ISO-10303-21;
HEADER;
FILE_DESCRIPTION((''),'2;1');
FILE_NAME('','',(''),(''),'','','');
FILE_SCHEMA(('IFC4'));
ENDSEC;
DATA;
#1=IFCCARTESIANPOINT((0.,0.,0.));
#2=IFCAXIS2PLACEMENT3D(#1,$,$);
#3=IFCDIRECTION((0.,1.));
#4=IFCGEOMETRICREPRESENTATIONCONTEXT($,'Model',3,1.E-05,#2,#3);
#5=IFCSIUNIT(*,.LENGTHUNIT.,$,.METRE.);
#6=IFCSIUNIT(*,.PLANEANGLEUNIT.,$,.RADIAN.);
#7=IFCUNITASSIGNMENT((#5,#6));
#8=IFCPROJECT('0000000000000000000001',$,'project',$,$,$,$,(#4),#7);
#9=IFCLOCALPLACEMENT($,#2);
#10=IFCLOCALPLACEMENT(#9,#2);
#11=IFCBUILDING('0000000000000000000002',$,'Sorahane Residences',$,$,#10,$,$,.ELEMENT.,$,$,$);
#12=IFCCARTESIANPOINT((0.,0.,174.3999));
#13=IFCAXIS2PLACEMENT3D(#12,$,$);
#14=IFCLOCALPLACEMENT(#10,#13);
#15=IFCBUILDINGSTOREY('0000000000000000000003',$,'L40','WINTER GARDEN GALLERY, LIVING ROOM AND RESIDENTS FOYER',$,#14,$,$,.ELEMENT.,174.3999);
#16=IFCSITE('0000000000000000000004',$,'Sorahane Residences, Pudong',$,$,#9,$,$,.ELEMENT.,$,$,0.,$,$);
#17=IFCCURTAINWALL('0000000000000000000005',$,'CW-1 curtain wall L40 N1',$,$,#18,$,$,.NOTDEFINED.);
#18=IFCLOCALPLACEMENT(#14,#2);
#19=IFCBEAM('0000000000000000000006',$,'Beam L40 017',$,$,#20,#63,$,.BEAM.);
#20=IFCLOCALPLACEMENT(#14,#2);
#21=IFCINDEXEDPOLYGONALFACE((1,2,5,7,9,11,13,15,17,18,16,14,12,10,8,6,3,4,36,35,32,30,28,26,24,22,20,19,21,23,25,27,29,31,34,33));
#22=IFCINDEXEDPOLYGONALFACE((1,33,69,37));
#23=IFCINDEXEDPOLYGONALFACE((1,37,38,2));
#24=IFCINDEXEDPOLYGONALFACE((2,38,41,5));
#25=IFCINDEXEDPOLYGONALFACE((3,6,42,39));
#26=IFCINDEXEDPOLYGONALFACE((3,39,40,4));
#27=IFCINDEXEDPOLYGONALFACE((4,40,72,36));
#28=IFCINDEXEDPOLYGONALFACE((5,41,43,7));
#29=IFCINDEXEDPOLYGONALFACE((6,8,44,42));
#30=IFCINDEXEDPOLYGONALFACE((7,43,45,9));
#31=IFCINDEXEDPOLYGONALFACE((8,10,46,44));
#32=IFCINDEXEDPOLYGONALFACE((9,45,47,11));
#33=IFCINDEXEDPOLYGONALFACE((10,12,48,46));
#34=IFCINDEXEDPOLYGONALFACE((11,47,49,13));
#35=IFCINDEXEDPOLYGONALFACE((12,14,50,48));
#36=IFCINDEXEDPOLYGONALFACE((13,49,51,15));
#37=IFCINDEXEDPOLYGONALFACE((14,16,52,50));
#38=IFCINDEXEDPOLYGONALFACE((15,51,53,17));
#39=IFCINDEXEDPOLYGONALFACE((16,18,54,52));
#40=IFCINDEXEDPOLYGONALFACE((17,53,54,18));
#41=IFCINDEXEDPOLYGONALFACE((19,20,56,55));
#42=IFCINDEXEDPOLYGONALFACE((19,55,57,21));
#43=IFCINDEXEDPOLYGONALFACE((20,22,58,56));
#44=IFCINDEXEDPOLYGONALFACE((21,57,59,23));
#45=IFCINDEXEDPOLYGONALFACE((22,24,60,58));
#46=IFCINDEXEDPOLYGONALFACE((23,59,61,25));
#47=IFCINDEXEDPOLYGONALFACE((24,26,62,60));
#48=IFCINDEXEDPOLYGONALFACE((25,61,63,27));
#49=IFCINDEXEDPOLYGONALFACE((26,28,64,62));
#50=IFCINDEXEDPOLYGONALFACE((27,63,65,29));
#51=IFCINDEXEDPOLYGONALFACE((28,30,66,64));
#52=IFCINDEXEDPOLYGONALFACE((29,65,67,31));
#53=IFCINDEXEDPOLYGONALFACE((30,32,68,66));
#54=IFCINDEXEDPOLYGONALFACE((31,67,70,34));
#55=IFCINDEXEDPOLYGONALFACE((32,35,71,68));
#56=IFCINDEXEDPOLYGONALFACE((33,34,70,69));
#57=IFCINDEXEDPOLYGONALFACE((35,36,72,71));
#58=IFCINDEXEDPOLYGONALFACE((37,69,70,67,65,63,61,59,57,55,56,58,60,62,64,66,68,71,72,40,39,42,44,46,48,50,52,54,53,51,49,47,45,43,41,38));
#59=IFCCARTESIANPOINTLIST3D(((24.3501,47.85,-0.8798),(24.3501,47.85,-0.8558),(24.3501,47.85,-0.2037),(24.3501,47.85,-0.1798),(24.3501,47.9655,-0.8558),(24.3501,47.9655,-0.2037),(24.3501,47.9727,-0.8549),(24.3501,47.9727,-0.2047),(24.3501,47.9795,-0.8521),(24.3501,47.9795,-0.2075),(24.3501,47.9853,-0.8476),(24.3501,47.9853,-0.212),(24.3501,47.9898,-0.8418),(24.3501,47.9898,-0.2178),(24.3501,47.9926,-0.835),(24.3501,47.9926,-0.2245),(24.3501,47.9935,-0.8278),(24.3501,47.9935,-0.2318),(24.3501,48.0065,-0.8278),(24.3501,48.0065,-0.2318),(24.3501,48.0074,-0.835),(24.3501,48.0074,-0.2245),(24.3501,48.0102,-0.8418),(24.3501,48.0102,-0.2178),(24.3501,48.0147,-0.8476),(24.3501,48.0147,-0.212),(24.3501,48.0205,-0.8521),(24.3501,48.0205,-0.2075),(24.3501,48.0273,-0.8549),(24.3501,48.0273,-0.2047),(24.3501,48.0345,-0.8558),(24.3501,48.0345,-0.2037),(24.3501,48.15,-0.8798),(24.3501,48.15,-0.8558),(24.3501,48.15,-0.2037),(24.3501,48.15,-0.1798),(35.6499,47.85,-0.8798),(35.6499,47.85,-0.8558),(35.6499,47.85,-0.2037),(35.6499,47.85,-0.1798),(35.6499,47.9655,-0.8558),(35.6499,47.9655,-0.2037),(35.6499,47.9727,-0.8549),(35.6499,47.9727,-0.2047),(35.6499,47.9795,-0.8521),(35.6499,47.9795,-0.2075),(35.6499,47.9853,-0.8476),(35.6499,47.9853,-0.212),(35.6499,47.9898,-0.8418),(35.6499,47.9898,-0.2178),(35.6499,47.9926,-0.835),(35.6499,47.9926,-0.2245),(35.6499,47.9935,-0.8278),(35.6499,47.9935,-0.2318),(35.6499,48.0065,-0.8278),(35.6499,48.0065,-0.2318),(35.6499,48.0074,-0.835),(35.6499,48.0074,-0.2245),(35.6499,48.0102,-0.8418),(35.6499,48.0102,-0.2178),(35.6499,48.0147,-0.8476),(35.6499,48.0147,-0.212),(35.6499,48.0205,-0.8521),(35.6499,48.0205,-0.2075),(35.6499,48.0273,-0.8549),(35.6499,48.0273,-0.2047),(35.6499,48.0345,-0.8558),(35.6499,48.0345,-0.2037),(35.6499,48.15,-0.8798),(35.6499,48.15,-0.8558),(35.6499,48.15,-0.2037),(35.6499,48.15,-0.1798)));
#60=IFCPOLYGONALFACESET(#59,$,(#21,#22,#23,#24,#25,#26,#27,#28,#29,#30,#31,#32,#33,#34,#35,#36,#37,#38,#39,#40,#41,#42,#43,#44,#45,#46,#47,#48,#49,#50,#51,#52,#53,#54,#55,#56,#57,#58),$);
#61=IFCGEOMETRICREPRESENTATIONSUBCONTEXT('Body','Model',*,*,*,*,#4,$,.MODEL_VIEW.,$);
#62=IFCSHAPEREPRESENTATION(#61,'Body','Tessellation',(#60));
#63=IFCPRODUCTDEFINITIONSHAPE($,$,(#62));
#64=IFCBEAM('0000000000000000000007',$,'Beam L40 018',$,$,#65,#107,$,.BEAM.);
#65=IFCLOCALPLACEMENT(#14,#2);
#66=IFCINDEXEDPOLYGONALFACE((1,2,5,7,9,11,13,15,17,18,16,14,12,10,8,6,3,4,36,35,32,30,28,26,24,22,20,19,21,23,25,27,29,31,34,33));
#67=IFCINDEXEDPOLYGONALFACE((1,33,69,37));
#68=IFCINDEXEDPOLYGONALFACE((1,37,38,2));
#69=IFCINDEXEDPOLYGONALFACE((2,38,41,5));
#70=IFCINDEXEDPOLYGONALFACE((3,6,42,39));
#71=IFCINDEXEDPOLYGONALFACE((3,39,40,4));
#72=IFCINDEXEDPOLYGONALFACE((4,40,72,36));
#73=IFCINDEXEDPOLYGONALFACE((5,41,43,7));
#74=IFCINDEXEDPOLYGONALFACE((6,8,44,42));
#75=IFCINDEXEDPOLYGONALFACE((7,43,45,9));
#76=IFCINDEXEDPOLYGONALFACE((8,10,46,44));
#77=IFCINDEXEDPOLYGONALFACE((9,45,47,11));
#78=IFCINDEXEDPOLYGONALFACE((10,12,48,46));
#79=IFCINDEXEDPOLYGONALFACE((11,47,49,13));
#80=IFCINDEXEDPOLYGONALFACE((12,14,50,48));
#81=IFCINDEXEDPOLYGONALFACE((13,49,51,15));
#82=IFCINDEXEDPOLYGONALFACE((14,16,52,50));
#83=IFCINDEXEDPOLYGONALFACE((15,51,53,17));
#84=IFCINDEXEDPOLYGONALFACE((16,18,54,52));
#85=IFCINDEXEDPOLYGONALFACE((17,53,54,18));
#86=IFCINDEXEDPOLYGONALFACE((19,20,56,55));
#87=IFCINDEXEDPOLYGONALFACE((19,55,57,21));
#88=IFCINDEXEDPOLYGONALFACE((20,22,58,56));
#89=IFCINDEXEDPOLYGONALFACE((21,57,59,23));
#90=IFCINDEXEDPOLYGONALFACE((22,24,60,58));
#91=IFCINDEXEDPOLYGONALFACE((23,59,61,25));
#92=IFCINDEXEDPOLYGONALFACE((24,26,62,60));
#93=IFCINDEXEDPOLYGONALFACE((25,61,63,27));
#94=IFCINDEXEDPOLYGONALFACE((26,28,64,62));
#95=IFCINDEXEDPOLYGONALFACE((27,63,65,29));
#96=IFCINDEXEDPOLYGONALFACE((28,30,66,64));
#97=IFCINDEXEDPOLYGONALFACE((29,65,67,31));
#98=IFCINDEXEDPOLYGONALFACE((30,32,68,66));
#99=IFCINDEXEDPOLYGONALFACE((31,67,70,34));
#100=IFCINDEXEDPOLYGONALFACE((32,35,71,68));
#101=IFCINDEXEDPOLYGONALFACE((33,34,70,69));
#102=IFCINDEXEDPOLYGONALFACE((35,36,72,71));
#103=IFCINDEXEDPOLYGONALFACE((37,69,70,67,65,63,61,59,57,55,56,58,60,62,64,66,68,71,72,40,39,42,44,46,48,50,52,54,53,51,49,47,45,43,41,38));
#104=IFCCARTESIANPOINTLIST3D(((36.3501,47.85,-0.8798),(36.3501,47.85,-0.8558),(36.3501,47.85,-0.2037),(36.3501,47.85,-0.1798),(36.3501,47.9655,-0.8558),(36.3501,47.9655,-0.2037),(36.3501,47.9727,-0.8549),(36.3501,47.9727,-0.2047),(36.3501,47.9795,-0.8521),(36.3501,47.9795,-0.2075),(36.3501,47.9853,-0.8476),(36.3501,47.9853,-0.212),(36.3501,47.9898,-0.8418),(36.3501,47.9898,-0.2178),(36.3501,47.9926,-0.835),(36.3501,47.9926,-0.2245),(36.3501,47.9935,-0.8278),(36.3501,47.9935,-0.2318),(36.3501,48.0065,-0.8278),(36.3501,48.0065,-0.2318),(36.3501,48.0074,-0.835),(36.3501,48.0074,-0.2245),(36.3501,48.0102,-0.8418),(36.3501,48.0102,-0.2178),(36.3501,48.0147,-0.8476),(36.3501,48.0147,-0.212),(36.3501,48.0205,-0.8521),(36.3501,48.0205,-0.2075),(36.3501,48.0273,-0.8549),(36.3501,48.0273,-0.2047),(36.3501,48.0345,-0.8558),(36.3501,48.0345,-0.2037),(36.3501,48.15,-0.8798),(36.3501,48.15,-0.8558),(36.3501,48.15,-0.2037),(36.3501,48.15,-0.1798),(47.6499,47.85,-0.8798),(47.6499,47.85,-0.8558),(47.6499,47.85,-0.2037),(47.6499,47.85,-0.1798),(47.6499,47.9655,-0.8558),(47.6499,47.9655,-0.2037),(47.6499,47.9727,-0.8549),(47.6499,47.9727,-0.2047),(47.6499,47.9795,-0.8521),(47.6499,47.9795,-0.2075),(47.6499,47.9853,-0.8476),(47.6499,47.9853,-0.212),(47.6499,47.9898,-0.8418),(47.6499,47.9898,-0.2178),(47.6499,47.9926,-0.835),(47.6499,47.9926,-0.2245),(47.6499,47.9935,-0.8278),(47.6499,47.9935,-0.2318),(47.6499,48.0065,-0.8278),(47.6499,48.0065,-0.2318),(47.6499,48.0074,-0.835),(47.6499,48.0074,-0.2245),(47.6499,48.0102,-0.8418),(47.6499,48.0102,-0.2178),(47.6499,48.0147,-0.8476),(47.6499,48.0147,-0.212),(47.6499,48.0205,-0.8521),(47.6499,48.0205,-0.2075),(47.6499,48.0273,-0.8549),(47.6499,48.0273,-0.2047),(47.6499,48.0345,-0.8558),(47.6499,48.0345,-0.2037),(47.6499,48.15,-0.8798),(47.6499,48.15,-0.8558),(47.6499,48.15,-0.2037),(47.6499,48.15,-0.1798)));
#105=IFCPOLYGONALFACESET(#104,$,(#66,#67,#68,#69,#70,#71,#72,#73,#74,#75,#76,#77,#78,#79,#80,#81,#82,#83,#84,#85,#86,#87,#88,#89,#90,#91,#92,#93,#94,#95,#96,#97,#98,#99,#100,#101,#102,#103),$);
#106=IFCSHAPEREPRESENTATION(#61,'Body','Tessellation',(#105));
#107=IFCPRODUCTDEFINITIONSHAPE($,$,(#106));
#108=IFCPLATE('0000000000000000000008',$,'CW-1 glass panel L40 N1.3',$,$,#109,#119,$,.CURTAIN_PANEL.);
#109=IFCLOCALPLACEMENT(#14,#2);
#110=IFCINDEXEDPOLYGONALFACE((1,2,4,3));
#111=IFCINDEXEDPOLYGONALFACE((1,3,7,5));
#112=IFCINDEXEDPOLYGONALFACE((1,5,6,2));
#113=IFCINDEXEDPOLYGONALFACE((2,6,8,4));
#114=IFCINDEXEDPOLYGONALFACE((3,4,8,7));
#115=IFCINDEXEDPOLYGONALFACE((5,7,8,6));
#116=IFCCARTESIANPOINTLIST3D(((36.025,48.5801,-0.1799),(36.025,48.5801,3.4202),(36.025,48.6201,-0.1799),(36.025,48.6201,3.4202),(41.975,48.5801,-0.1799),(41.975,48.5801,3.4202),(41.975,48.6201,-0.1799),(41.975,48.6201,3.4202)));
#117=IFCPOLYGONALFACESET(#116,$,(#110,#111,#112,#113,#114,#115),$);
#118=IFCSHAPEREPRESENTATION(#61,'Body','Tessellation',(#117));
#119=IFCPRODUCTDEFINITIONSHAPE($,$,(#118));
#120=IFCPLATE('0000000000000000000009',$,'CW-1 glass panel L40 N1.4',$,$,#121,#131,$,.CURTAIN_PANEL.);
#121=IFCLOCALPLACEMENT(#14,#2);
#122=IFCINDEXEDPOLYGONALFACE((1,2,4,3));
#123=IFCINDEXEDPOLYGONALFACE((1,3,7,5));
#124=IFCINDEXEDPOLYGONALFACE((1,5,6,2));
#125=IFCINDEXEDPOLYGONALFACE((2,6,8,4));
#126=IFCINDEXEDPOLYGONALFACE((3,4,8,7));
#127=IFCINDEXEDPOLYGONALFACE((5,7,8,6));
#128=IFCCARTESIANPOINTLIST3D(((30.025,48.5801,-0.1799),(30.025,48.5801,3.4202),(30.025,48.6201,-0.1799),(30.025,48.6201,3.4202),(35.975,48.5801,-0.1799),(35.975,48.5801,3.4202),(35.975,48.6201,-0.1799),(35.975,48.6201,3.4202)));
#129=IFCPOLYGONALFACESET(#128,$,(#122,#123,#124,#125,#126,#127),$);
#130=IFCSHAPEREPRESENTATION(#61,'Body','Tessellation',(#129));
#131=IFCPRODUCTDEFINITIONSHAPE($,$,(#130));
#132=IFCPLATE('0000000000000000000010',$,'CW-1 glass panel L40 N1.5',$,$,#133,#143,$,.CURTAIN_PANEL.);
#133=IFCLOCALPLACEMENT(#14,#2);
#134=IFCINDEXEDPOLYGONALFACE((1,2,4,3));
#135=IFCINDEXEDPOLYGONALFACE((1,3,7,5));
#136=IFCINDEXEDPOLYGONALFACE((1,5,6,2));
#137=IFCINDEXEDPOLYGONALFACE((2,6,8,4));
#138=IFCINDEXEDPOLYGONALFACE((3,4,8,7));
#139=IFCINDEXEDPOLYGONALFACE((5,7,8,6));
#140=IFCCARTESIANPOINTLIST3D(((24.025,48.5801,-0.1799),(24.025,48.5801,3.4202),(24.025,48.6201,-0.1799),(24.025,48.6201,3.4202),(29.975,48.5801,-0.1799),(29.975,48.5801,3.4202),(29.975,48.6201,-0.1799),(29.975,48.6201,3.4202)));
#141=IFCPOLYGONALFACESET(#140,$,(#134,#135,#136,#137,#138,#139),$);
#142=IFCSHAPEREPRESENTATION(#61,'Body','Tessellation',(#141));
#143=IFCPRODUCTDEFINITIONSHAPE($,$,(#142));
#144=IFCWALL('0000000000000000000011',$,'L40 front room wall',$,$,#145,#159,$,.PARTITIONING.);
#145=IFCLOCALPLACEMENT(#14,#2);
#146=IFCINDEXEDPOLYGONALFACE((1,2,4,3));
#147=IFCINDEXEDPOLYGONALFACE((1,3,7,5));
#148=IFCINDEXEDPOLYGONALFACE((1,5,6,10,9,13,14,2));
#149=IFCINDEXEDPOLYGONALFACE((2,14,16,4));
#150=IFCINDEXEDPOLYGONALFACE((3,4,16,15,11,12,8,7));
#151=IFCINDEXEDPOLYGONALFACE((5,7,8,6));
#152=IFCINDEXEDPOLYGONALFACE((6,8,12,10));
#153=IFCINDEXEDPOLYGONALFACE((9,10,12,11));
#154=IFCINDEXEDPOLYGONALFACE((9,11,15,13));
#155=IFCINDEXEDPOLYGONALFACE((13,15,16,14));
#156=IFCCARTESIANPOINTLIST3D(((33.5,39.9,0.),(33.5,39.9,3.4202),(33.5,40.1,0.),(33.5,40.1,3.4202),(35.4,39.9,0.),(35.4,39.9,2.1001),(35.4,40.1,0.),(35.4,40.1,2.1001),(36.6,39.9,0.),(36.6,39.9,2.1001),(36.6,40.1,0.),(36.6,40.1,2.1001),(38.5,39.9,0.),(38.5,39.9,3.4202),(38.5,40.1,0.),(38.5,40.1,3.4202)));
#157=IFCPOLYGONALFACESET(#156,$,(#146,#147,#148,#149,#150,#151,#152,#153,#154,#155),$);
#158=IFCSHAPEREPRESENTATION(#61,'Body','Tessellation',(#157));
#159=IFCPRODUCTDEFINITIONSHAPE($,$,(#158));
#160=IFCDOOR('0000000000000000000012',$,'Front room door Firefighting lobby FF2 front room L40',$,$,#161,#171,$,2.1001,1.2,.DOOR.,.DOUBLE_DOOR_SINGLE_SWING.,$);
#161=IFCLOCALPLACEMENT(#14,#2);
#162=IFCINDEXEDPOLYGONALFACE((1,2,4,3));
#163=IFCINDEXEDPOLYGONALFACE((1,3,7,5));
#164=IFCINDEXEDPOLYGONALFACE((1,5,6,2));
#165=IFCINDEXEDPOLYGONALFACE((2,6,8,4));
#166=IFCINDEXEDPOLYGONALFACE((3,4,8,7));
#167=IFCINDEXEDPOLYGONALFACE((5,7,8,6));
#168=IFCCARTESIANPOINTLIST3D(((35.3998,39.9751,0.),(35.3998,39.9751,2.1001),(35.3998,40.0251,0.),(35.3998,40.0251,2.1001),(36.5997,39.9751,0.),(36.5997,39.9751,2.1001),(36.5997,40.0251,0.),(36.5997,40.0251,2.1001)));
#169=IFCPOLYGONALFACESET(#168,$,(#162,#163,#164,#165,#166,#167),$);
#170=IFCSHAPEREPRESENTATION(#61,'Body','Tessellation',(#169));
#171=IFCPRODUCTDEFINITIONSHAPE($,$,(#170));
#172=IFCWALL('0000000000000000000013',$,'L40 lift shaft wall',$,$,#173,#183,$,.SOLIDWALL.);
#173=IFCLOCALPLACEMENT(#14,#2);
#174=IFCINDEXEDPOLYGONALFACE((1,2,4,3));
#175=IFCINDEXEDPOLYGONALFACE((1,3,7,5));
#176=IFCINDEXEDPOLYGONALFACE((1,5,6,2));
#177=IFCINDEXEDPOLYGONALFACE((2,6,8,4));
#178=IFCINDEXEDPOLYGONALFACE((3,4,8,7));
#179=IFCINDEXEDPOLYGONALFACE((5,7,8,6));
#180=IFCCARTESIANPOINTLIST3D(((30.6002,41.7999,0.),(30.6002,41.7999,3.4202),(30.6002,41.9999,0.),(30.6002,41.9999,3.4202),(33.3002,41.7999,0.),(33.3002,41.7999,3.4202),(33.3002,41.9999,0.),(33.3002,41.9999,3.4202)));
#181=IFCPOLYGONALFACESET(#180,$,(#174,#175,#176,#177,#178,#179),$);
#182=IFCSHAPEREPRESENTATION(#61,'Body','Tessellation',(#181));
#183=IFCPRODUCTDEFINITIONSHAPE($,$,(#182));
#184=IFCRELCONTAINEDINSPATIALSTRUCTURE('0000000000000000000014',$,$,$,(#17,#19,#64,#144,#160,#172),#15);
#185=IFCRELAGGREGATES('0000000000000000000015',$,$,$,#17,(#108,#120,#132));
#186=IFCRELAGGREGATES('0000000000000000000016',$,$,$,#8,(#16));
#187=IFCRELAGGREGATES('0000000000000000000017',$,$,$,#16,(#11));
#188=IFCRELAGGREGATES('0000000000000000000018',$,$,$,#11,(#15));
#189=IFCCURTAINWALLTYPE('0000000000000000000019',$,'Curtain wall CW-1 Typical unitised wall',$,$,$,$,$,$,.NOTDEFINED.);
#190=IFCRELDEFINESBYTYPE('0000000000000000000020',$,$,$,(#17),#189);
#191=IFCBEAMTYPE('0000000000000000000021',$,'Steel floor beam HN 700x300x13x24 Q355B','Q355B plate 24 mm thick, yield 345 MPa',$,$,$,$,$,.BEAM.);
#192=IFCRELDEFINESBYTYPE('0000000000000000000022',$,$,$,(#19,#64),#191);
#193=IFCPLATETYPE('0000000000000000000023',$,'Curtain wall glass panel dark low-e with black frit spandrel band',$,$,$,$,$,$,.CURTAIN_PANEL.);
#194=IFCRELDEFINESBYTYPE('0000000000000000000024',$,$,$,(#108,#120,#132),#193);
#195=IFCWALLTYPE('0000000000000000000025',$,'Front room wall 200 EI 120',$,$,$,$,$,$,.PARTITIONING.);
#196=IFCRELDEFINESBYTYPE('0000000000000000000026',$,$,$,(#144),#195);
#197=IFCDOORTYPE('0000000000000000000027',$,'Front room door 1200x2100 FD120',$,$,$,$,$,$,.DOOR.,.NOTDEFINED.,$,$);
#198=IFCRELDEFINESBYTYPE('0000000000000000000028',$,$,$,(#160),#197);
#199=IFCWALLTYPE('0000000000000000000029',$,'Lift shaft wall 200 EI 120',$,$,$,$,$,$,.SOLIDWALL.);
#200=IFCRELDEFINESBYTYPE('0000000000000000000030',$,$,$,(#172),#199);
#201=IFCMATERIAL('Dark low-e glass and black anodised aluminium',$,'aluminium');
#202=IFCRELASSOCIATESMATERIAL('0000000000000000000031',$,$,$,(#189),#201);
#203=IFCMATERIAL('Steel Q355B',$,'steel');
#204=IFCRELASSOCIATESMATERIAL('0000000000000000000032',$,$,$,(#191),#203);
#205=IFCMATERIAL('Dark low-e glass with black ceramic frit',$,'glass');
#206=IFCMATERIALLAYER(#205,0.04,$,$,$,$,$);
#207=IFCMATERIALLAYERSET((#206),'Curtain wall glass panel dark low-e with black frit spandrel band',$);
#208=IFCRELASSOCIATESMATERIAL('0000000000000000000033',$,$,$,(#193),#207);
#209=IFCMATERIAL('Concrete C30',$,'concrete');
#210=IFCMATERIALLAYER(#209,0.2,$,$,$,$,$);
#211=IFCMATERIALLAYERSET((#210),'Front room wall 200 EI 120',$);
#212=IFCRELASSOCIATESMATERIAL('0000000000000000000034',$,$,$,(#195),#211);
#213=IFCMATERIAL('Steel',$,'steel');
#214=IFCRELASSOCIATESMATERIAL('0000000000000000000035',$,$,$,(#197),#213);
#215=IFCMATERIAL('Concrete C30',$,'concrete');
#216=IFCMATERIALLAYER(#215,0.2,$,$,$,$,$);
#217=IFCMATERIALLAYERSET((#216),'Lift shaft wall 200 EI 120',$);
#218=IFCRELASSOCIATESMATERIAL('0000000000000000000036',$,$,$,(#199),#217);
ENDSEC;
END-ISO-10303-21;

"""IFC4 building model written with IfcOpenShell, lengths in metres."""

from ifc_helpers import new_model, si_unit, direction, frame, frame_2d, origin, origin_2d, place, context, subcontext, project, spatial, rectangle, i_section, extrude, material, layer, layer_set, material_profile, profile_set, type_object, element, fill, aggregate, save


model = new_model("IFC4")

# Units and contexts
model_context = context("Model", 3, precision=1e-05, world=origin(), true_north=direction((0.0, 1.0)))
body_context = subcontext(model_context, "Body", "Model", "MODEL_VIEW")
ifc_project = project(units=[si_unit("LENGTHUNIT", "METRE"), si_unit("PLANEANGLEUNIT", "RADIAN")], contexts=[model_context])

# Site, building, storey
site_placement = place(None, origin())
site = spatial("IfcSite", under=ifc_project, at=site_placement, Name="Sorahane Residences, Pudong", CompositionType="ELEMENT", RefElevation=0.0)
building_placement = place(site_placement, origin())
building = spatial("IfcBuilding", under=site, at=building_placement, Name="Sorahane Residences", CompositionType="ELEMENT")
storey_placement = place(building_placement, frame((0.0, 0.0, 174.3999)))
storey = spatial("IfcBuildingStorey", under=building, at=storey_placement, Name="L40", Description="WINTER GARDEN GALLERY, LIVING ROOM AND RESIDENTS FOYER", CompositionType="ELEMENT", Elevation=174.3999)

# Curtain wall
ifc_material_1 = material(Name="Dark low-e glass and black anodised aluminium", Category="aluminium")
curtain_wall_type = type_object("IfcCurtainWallType", Name="Curtain wall CW-1 Typical unitised wall", PredefinedType="NOTDEFINED", material=ifc_material_1)
curtain_wall_placement = place(storey_placement, origin())
curtain_wall = element("IfcCurtainWall", 1, at=curtain_wall_placement, inside=storey, type_object=curtain_wall_type, Name="CW-1 curtain wall L40 N1", PredefinedType="NOTDEFINED")

# Beams
ifc_material_2 = material(Name="Steel Q355B", Category="steel")
ifc_material_profile_1 = material_profile(ifc_material_2, i_section(OverallWidth=0.3, OverallDepth=0.7, WebThickness=0.0129, FlangeThickness=0.0239, FilletRadius=0.0281, at=origin_2d()), Name="HN 700x300x13x24")
ifc_profile_set_1 = profile_set([ifc_material_profile_1], Name="Steel Q355B")
beam_type_1 = type_object("IfcBeamType", Name="Steel floor beam HN 700x300x13x24 Q355B", Description="Q355B plate 24 mm thick, yield 345 MPa", PredefinedType="BEAM", material=ifc_profile_set_1)
for number, where, z_axis, x_axis, name in (
    (2, (24.3501, 48.0, -0.5298), (1.0, 0.0, 0.0), (0.0, 1.0, 0.0), "Beam L40 017"),
    (3, (36.3501, 48.0, -0.5298), (1.0, 0.0, 0.0), (0.0, 1.0, 0.0), "Beam L40 018"),
):
    element("IfcBeam", number, at=place(storey_placement, frame(where, z_axis=z_axis, x_axis=x_axis)), inside=storey, type_object=beam_type_1, Name=name, PredefinedType="BEAM", context=body_context, shape_type="SweptSolid", body=[
        extrude(i_section(OverallWidth=0.3, OverallDepth=0.7, WebThickness=0.0129, FlangeThickness=0.0239, FilletRadius=0.0281, at=origin_2d()), origin(), (0.0, 0.0, 1.0), 11.2998),
    ])

# Plates
ifc_material_3 = material(Name="Dark low-e glass with black ceramic frit", Category="glass")
ifc_layer_1 = layer(ifc_material_3, 0.04)
ifc_layer_set_1 = layer_set([ifc_layer_1], Name="Curtain wall glass panel dark low-e with black frit spandrel band")
plate_type = type_object("IfcPlateType", Name="Curtain wall glass panel dark low-e with black frit spandrel band", PredefinedType="CURTAIN_PANEL", material=ifc_layer_set_1)
plate_1_placement = place(storey_placement, frame((39.0, 48.6001, -0.1799), z_axis=(0.0, 0.0, 1.0), x_axis=(-1.0, 0.0, 0.0)))
plate_1 = element("IfcPlate", 4, at=plate_1_placement, type_object=plate_type, Name="CW-1 glass panel L40 N1.3", PredefinedType="CURTAIN_PANEL", context=body_context, shape_type="SweptSolid", body=[
    extrude(rectangle(XDim=5.95, YDim=0.04, at=origin_2d()), origin(), (0.0, 0.0, 1.0), 3.6001),
])
plate_2_placement = place(storey_placement, frame((33.0, 48.6001, -0.1799), z_axis=(0.0, 0.0, 1.0), x_axis=(-1.0, 0.0, 0.0)))
plate_2 = element("IfcPlate", 5, at=plate_2_placement, type_object=plate_type, Name="CW-1 glass panel L40 N1.4", PredefinedType="CURTAIN_PANEL", context=body_context, shape_type="SweptSolid", body=[
    extrude(rectangle(XDim=5.95, YDim=0.04, at=origin_2d()), origin(), (0.0, 0.0, 1.0), 3.6001),
])
plate_3_placement = place(storey_placement, frame((27.0, 48.6001, -0.1799), z_axis=(0.0, 0.0, 1.0), x_axis=(-1.0, 0.0, 0.0)))
plate_3 = element("IfcPlate", 6, at=plate_3_placement, type_object=plate_type, Name="CW-1 glass panel L40 N1.5", PredefinedType="CURTAIN_PANEL", context=body_context, shape_type="SweptSolid", body=[
    extrude(rectangle(XDim=5.95, YDim=0.04, at=origin_2d()), origin(), (0.0, 0.0, 1.0), 3.6001),
])
aggregate(curtain_wall, [plate_1, plate_2, plate_3])

# Wall, opening, door
ifc_material_4 = material(Name="Concrete C30", Category="concrete")
ifc_layer_2 = layer(ifc_material_4, 0.2)
ifc_layer_set_2 = layer_set([ifc_layer_2], Name="Front room wall 200 EI 120")
wall_type_1 = type_object("IfcWallType", Name="Front room wall 200 EI 120", PredefinedType="PARTITIONING", material=ifc_layer_set_2)
wall_1_placement = place(storey_placement, frame((33.5, 40.0, 0.0), z_axis=(0.0, 0.0, 1.0), x_axis=(1.0, 0.0, 0.0)))
wall_1 = element("IfcWall", 7, at=wall_1_placement, inside=storey, type_object=wall_type_1, Name="L40 front room wall", PredefinedType="PARTITIONING", context=body_context, shape_type="SweptSolid", body=[
    extrude(rectangle(XDim=5.0, YDim=0.2, at=frame_2d((2.5, 0.0))), origin(), (0.0, 0.0, 1.0), 3.4202),
])
opening_placement = place(wall_1_placement, frame((1.8999, 0.0, 0.0)))
opening = element("IfcOpeningElement", 8, at=opening_placement, cuts=wall_1, PredefinedType="OPENING", context=body_context, shape_type="SweptSolid", body=[
    extrude(rectangle(XDim=1.2, YDim=2.1001, at=frame_2d((0.6001, 1.05))), frame((0.0, 0.1099, 0.0), z_axis=(0.0, -1.0, 0.0), x_axis=(1.0, 0.0, 0.0)), (0.0, 0.0, 1.0), 0.22),
])
ifc_material_5 = material(Name="Steel", Category="steel")
door_type = type_object("IfcDoorType", Name="Front room door 1200x2100 FD120", OperationType="NOTDEFINED", PredefinedType="DOOR", material=ifc_material_5)
door_placement = place(opening_placement, frame((1.2, 0.0, 0.0), z_axis=(0.0, 0.0, 1.0), x_axis=(-1.0, 0.0, 0.0)))
door = element("IfcDoor", 9, at=door_placement, inside=storey, type_object=door_type, Name="Front room door Firefighting lobby FF2 front room L40", OperationType="DOUBLE_DOOR_SINGLE_SWING", OverallHeight=2.1001, OverallWidth=1.2, PredefinedType="DOOR", context=body_context, shape_type="SweptSolid", body=[
    extrude(rectangle(XDim=1.2, YDim=2.1001, at=frame_2d((0.6001, 1.05))), frame((0.0, 0.0249, 0.0), z_axis=(0.0, -1.0, 0.0), x_axis=(1.0, 0.0, 0.0)), (0.0, 0.0, 1.0), 0.05),
])
fill(opening, door)

# Wall
ifc_material_6 = material(Name="Concrete C30", Category="concrete")
ifc_layer_3 = layer(ifc_material_6, 0.2)
ifc_layer_set_3 = layer_set([ifc_layer_3], Name="Lift shaft wall 200 EI 120")
wall_type_2 = type_object("IfcWallType", Name="Lift shaft wall 200 EI 120", PredefinedType="SOLIDWALL", material=ifc_layer_set_3)
wall_2_placement = place(storey_placement, frame((30.6001, 41.8999, 0.0), z_axis=(0.0, 0.0, 1.0), x_axis=(1.0, 0.0, 0.0)))
element("IfcWall", 10, at=wall_2_placement, inside=storey, type_object=wall_type_2, Name="L40 lift shaft wall", PredefinedType="SOLIDWALL", context=body_context, shape_type="SweptSolid", body=[
    extrude(rectangle(XDim=2.7, YDim=0.2, at=frame_2d((1.3501, 0.0))), origin(), (0.0, 0.0, 1.0), 3.4202),
])

save(model, "model.ifc")
